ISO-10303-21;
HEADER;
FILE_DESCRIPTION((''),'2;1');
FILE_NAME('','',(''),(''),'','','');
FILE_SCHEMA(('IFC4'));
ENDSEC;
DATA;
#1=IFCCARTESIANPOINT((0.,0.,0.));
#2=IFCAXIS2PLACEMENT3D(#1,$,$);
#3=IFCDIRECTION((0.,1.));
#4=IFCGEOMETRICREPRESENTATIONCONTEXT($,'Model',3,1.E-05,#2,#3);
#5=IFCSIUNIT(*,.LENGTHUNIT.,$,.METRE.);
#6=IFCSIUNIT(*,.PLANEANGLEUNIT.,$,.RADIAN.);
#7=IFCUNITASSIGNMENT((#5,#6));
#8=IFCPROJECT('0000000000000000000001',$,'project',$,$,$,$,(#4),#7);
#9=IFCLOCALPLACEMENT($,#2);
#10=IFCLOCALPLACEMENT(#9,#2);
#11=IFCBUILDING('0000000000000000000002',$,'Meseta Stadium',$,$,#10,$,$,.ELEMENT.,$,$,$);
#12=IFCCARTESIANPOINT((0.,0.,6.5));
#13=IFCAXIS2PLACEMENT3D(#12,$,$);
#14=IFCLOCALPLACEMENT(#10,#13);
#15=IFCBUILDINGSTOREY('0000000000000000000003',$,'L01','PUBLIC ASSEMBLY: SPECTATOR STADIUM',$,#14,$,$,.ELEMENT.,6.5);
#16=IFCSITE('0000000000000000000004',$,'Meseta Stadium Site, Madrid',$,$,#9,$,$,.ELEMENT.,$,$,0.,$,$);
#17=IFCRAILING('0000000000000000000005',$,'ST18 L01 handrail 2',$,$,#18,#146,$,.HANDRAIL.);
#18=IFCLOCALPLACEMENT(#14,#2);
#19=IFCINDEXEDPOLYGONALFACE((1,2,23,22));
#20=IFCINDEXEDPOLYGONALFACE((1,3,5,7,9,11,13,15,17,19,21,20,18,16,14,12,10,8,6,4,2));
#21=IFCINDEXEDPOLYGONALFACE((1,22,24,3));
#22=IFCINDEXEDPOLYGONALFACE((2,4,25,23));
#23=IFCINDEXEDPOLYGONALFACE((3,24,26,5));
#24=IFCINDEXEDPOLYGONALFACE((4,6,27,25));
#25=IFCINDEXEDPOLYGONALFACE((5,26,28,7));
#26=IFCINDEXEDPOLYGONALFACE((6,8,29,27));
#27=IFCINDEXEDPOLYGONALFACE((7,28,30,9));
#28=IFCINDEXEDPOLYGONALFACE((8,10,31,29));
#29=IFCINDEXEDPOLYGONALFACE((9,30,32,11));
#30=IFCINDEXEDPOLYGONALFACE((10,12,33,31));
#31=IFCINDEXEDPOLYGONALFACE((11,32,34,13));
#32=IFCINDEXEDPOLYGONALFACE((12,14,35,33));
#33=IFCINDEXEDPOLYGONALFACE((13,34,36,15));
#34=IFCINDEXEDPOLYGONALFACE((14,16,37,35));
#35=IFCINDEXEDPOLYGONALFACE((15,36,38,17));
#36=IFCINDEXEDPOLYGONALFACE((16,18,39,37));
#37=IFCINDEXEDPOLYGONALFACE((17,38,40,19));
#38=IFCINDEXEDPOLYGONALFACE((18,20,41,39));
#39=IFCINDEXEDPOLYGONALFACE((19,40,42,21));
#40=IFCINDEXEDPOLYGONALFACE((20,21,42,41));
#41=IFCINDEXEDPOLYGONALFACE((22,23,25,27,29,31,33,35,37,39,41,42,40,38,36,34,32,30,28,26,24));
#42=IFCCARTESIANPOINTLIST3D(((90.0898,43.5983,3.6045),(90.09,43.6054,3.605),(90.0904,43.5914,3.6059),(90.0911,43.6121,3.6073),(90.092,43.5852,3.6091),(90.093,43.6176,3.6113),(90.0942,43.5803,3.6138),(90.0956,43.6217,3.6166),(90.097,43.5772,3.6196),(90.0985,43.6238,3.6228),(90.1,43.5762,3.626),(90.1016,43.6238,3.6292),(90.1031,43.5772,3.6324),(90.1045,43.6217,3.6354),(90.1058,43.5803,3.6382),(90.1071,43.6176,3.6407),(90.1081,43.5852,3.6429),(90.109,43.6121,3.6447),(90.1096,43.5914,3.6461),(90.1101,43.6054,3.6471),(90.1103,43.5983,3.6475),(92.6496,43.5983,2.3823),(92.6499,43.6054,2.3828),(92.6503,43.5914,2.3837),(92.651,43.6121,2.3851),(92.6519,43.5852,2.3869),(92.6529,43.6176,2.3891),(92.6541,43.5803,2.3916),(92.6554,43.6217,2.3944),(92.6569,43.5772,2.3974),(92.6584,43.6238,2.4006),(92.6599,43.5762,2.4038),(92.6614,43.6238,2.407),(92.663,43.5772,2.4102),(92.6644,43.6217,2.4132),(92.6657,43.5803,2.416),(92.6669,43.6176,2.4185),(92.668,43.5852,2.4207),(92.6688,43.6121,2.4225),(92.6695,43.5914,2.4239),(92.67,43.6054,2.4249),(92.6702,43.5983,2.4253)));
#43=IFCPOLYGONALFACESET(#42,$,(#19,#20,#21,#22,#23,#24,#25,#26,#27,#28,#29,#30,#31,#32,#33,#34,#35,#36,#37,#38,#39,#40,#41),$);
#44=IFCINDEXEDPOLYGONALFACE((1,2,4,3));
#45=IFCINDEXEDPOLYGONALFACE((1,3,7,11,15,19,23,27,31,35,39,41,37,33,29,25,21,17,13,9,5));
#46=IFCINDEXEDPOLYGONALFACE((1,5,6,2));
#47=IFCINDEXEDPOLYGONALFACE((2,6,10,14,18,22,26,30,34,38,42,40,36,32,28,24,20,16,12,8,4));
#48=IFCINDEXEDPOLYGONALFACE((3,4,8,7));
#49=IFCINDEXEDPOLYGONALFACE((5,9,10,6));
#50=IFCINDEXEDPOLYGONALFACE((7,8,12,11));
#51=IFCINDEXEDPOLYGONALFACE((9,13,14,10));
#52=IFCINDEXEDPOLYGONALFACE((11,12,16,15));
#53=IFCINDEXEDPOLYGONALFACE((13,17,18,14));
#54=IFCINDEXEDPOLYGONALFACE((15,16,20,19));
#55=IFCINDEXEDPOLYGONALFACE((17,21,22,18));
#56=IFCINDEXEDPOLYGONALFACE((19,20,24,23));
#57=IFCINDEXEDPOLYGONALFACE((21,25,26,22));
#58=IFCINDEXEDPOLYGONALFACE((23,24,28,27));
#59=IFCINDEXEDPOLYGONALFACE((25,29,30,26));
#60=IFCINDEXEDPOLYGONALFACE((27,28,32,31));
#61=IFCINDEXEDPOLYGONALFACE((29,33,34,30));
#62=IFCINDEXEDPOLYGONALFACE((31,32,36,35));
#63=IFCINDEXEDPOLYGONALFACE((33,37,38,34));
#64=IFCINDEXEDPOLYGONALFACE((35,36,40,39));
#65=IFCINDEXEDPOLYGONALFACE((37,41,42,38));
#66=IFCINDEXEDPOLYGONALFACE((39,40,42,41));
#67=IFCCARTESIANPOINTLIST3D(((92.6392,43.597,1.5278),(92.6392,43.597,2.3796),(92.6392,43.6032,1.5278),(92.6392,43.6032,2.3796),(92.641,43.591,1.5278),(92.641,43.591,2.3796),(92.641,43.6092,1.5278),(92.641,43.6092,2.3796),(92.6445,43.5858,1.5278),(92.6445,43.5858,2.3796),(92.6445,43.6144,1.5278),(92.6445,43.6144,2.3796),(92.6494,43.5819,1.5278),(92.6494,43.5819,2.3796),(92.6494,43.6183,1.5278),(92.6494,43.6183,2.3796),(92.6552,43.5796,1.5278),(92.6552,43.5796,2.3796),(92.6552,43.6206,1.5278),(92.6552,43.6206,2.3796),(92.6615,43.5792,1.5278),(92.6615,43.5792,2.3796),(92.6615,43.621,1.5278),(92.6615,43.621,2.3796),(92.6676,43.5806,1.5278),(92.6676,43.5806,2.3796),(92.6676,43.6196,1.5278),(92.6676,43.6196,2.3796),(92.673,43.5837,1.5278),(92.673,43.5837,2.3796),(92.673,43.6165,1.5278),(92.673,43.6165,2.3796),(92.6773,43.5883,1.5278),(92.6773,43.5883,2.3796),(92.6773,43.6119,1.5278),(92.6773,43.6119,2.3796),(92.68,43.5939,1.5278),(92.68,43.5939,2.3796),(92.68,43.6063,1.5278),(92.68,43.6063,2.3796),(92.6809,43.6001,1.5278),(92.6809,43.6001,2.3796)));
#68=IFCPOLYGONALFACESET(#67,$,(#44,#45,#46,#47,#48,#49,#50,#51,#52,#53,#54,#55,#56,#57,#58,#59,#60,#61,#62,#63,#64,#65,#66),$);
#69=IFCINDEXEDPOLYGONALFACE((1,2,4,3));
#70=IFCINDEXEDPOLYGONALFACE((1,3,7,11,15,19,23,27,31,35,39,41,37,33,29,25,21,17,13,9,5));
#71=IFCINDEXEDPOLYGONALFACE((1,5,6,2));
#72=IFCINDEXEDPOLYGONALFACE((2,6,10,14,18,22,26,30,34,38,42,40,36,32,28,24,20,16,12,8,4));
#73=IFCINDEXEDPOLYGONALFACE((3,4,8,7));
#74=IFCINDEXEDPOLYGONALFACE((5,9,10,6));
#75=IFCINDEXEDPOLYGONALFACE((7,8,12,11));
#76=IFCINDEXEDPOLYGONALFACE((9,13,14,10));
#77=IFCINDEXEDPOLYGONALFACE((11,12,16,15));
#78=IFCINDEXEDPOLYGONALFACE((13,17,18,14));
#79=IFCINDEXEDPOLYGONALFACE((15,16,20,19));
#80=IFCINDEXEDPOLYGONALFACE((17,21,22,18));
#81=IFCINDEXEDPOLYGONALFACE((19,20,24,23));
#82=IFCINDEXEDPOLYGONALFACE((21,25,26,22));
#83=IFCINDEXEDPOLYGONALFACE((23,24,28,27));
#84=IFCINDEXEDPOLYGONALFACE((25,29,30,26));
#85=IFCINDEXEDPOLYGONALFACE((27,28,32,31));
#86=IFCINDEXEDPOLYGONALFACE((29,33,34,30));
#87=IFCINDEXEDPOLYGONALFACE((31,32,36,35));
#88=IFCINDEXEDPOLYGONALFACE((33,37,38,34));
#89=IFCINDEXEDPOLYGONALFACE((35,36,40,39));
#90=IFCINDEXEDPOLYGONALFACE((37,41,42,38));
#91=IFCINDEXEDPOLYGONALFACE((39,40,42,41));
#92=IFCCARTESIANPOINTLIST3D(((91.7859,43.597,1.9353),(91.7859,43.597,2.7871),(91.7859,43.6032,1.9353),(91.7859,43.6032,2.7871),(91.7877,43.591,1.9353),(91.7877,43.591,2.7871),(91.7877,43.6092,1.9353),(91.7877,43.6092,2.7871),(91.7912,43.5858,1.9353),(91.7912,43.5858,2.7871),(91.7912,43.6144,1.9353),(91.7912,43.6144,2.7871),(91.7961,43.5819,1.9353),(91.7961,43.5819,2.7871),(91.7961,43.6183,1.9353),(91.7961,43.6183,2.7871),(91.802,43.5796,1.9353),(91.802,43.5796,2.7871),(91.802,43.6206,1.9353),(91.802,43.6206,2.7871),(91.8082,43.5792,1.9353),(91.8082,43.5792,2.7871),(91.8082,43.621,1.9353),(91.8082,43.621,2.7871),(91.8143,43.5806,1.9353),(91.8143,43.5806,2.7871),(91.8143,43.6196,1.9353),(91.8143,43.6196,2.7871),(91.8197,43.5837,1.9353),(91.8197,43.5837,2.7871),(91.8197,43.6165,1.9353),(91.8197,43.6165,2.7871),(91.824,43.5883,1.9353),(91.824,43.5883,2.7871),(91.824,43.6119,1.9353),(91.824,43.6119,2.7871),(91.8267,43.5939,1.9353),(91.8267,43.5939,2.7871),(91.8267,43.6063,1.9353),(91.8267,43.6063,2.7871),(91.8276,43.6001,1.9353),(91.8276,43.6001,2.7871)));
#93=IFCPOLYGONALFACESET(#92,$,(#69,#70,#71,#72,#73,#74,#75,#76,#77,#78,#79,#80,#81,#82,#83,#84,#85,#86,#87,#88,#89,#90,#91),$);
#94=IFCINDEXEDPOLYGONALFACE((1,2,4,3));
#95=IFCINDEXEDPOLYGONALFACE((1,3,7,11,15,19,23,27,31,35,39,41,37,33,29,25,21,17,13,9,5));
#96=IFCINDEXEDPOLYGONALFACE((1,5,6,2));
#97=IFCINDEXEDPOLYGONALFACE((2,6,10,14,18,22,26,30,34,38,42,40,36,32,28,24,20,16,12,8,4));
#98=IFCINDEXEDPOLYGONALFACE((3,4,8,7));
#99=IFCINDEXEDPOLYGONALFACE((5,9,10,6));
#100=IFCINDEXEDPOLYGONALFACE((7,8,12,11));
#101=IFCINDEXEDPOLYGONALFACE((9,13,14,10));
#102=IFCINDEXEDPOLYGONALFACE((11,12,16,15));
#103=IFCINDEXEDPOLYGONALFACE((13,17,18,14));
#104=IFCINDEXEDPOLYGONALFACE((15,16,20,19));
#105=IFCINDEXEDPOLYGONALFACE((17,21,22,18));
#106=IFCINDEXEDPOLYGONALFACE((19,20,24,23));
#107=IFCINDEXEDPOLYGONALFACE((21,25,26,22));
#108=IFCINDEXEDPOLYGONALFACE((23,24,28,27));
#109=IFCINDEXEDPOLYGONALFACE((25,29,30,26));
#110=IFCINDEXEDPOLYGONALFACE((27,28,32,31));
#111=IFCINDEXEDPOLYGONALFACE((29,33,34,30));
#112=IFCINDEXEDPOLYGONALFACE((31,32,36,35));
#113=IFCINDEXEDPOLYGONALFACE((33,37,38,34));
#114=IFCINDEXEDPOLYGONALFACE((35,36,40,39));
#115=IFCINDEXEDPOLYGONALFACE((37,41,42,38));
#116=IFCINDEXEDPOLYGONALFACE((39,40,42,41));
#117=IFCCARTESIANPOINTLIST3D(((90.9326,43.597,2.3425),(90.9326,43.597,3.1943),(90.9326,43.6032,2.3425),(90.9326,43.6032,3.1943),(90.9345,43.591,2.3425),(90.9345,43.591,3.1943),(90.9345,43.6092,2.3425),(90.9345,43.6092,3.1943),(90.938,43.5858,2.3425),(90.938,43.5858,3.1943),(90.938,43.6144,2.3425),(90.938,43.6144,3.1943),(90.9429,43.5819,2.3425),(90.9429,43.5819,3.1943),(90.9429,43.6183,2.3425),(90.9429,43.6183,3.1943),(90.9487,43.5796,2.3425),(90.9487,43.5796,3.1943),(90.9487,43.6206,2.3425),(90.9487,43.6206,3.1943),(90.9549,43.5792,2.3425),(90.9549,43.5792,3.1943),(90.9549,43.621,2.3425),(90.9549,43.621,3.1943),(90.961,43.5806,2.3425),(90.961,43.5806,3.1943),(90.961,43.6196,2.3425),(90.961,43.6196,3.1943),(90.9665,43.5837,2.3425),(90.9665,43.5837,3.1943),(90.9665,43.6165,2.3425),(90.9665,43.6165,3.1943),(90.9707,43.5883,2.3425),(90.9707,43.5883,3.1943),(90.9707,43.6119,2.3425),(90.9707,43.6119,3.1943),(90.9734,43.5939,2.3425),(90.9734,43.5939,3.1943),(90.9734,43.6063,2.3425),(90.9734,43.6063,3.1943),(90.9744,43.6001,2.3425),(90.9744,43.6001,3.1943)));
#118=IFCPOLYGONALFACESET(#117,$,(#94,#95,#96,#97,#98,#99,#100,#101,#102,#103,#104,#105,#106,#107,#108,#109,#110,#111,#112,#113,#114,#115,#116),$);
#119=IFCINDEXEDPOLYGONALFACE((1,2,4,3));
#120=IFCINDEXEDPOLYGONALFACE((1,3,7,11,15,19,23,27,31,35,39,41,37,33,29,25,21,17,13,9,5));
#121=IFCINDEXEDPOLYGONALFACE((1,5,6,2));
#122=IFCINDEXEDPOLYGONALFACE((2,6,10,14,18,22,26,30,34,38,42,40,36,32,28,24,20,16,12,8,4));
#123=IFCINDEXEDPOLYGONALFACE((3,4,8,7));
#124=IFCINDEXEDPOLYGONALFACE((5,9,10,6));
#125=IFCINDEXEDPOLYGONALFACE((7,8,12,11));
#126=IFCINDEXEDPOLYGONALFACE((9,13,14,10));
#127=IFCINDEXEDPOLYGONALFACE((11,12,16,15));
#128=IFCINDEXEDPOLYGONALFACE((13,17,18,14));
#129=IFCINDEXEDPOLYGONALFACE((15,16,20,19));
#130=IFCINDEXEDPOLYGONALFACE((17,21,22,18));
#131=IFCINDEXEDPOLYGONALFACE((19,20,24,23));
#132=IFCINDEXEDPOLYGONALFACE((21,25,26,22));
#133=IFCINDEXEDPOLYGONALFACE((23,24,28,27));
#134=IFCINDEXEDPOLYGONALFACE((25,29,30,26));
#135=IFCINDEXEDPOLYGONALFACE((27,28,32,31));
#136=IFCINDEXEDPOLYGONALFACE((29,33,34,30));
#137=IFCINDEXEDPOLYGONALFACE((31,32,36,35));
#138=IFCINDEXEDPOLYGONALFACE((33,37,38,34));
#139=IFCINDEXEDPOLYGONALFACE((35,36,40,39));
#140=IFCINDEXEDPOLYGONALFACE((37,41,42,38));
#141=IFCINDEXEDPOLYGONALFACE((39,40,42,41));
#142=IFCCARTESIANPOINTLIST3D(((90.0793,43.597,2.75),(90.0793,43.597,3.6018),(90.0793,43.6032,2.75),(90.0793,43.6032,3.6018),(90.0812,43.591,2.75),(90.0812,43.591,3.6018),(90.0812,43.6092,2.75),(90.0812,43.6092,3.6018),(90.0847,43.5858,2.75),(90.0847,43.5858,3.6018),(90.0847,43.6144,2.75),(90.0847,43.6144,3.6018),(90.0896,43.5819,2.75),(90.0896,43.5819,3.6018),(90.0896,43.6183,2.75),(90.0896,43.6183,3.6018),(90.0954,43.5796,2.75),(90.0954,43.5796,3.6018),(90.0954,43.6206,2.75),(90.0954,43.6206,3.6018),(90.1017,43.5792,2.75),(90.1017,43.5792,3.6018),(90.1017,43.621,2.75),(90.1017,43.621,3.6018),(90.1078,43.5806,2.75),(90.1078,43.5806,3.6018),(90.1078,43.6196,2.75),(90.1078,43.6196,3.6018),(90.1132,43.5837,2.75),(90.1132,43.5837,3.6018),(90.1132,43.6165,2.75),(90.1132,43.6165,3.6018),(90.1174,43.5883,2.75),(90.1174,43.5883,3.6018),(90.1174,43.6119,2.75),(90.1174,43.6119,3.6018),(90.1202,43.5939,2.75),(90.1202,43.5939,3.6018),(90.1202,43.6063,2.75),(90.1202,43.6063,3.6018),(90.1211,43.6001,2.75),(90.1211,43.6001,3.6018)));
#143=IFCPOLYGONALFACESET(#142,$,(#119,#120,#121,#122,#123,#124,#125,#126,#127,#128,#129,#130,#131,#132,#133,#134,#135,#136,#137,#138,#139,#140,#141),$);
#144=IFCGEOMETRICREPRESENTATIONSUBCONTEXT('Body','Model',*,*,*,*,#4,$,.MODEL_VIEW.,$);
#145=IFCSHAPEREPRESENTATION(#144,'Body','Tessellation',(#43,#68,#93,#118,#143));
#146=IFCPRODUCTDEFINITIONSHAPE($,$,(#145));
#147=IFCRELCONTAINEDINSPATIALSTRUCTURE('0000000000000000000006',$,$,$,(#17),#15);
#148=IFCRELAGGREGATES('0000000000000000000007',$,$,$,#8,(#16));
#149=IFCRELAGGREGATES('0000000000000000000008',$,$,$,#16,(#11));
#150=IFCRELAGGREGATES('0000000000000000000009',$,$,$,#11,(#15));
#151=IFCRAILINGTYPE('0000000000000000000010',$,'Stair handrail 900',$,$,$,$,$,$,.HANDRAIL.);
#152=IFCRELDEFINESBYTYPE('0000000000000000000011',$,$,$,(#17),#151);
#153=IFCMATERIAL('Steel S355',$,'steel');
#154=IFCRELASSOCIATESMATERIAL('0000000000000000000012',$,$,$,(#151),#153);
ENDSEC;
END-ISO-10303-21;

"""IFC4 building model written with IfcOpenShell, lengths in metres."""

from ifc_helpers import new_model, si_unit, direction, frame, origin, origin_2d, place, context, subcontext, project, spatial, circle, extrude, material, type_object, element, save


model = new_model("IFC4")

# Units and contexts
model_context = context("Model", 3, precision=1e-05, world=origin(), true_north=direction((0.0, 1.0)))
body_context = subcontext(model_context, "Body", "Model", "MODEL_VIEW")
ifc_project = project(units=[si_unit("LENGTHUNIT", "METRE"), si_unit("PLANEANGLEUNIT", "RADIAN")], contexts=[model_context])

# Site, building, storey
site_placement = place(None, origin())
site = spatial("IfcSite", under=ifc_project, at=site_placement, Name="Meseta Stadium Site, Madrid", CompositionType="ELEMENT", RefElevation=0.0)
building_placement = place(site_placement, origin())
building = spatial("IfcBuilding", under=site, at=building_placement, Name="Meseta Stadium", CompositionType="ELEMENT")
storey_placement = place(building_placement, frame((0.0, 0.0, 6.5)))
storey = spatial("IfcBuildingStorey", under=building, at=storey_placement, Name="L01", Description="PUBLIC ASSEMBLY: SPECTATOR STADIUM", CompositionType="ELEMENT", Elevation=6.5)

# Railing
ifc_material_1 = material(Name="Steel S355", Category="steel")
railing_type_1 = type_object("IfcRailingType", Name="Stair handrail 900", PredefinedType="HANDRAIL", material=ifc_material_1)
railing_1_placement = place(storey_placement, frame((92.6599, 43.6001, 1.5278)))
element("IfcRailing", 1, at=railing_1_placement, inside=storey, type_object=railing_type_1, Name="ST18 L01 handrail 2", PredefinedType="HANDRAIL", context=body_context, shape_type="SweptSolid", body=[
    extrude(circle(Radius=0.0239, at=origin_2d()), frame((0.0, 0.0, 0.876), z_axis=(-0.902421, 0.0, 0.430855), x_axis=(0.0, -1.0, 0.0)), (0.0, 0.0, 1.0), 2.8367),
    extrude(circle(Radius=0.021, at=origin_2d()), origin(), (0.0, 0.0, 1.0), 0.8518),
    extrude(circle(Radius=0.021, at=origin_2d()), frame((-0.8533, 0.0, 0.4075)), (0.0, 0.0, 1.0), 0.8518),
    extrude(circle(Radius=0.021, at=origin_2d()), frame((-1.7065, 0.0, 0.8147)), (0.0, 0.0, 1.0), 0.8518),
    extrude(circle(Radius=0.021, at=origin_2d()), frame((-2.5598, 0.0, 1.2222)), (0.0, 0.0, 1.0), 0.8518),
])

save(model, "model.ifc")
